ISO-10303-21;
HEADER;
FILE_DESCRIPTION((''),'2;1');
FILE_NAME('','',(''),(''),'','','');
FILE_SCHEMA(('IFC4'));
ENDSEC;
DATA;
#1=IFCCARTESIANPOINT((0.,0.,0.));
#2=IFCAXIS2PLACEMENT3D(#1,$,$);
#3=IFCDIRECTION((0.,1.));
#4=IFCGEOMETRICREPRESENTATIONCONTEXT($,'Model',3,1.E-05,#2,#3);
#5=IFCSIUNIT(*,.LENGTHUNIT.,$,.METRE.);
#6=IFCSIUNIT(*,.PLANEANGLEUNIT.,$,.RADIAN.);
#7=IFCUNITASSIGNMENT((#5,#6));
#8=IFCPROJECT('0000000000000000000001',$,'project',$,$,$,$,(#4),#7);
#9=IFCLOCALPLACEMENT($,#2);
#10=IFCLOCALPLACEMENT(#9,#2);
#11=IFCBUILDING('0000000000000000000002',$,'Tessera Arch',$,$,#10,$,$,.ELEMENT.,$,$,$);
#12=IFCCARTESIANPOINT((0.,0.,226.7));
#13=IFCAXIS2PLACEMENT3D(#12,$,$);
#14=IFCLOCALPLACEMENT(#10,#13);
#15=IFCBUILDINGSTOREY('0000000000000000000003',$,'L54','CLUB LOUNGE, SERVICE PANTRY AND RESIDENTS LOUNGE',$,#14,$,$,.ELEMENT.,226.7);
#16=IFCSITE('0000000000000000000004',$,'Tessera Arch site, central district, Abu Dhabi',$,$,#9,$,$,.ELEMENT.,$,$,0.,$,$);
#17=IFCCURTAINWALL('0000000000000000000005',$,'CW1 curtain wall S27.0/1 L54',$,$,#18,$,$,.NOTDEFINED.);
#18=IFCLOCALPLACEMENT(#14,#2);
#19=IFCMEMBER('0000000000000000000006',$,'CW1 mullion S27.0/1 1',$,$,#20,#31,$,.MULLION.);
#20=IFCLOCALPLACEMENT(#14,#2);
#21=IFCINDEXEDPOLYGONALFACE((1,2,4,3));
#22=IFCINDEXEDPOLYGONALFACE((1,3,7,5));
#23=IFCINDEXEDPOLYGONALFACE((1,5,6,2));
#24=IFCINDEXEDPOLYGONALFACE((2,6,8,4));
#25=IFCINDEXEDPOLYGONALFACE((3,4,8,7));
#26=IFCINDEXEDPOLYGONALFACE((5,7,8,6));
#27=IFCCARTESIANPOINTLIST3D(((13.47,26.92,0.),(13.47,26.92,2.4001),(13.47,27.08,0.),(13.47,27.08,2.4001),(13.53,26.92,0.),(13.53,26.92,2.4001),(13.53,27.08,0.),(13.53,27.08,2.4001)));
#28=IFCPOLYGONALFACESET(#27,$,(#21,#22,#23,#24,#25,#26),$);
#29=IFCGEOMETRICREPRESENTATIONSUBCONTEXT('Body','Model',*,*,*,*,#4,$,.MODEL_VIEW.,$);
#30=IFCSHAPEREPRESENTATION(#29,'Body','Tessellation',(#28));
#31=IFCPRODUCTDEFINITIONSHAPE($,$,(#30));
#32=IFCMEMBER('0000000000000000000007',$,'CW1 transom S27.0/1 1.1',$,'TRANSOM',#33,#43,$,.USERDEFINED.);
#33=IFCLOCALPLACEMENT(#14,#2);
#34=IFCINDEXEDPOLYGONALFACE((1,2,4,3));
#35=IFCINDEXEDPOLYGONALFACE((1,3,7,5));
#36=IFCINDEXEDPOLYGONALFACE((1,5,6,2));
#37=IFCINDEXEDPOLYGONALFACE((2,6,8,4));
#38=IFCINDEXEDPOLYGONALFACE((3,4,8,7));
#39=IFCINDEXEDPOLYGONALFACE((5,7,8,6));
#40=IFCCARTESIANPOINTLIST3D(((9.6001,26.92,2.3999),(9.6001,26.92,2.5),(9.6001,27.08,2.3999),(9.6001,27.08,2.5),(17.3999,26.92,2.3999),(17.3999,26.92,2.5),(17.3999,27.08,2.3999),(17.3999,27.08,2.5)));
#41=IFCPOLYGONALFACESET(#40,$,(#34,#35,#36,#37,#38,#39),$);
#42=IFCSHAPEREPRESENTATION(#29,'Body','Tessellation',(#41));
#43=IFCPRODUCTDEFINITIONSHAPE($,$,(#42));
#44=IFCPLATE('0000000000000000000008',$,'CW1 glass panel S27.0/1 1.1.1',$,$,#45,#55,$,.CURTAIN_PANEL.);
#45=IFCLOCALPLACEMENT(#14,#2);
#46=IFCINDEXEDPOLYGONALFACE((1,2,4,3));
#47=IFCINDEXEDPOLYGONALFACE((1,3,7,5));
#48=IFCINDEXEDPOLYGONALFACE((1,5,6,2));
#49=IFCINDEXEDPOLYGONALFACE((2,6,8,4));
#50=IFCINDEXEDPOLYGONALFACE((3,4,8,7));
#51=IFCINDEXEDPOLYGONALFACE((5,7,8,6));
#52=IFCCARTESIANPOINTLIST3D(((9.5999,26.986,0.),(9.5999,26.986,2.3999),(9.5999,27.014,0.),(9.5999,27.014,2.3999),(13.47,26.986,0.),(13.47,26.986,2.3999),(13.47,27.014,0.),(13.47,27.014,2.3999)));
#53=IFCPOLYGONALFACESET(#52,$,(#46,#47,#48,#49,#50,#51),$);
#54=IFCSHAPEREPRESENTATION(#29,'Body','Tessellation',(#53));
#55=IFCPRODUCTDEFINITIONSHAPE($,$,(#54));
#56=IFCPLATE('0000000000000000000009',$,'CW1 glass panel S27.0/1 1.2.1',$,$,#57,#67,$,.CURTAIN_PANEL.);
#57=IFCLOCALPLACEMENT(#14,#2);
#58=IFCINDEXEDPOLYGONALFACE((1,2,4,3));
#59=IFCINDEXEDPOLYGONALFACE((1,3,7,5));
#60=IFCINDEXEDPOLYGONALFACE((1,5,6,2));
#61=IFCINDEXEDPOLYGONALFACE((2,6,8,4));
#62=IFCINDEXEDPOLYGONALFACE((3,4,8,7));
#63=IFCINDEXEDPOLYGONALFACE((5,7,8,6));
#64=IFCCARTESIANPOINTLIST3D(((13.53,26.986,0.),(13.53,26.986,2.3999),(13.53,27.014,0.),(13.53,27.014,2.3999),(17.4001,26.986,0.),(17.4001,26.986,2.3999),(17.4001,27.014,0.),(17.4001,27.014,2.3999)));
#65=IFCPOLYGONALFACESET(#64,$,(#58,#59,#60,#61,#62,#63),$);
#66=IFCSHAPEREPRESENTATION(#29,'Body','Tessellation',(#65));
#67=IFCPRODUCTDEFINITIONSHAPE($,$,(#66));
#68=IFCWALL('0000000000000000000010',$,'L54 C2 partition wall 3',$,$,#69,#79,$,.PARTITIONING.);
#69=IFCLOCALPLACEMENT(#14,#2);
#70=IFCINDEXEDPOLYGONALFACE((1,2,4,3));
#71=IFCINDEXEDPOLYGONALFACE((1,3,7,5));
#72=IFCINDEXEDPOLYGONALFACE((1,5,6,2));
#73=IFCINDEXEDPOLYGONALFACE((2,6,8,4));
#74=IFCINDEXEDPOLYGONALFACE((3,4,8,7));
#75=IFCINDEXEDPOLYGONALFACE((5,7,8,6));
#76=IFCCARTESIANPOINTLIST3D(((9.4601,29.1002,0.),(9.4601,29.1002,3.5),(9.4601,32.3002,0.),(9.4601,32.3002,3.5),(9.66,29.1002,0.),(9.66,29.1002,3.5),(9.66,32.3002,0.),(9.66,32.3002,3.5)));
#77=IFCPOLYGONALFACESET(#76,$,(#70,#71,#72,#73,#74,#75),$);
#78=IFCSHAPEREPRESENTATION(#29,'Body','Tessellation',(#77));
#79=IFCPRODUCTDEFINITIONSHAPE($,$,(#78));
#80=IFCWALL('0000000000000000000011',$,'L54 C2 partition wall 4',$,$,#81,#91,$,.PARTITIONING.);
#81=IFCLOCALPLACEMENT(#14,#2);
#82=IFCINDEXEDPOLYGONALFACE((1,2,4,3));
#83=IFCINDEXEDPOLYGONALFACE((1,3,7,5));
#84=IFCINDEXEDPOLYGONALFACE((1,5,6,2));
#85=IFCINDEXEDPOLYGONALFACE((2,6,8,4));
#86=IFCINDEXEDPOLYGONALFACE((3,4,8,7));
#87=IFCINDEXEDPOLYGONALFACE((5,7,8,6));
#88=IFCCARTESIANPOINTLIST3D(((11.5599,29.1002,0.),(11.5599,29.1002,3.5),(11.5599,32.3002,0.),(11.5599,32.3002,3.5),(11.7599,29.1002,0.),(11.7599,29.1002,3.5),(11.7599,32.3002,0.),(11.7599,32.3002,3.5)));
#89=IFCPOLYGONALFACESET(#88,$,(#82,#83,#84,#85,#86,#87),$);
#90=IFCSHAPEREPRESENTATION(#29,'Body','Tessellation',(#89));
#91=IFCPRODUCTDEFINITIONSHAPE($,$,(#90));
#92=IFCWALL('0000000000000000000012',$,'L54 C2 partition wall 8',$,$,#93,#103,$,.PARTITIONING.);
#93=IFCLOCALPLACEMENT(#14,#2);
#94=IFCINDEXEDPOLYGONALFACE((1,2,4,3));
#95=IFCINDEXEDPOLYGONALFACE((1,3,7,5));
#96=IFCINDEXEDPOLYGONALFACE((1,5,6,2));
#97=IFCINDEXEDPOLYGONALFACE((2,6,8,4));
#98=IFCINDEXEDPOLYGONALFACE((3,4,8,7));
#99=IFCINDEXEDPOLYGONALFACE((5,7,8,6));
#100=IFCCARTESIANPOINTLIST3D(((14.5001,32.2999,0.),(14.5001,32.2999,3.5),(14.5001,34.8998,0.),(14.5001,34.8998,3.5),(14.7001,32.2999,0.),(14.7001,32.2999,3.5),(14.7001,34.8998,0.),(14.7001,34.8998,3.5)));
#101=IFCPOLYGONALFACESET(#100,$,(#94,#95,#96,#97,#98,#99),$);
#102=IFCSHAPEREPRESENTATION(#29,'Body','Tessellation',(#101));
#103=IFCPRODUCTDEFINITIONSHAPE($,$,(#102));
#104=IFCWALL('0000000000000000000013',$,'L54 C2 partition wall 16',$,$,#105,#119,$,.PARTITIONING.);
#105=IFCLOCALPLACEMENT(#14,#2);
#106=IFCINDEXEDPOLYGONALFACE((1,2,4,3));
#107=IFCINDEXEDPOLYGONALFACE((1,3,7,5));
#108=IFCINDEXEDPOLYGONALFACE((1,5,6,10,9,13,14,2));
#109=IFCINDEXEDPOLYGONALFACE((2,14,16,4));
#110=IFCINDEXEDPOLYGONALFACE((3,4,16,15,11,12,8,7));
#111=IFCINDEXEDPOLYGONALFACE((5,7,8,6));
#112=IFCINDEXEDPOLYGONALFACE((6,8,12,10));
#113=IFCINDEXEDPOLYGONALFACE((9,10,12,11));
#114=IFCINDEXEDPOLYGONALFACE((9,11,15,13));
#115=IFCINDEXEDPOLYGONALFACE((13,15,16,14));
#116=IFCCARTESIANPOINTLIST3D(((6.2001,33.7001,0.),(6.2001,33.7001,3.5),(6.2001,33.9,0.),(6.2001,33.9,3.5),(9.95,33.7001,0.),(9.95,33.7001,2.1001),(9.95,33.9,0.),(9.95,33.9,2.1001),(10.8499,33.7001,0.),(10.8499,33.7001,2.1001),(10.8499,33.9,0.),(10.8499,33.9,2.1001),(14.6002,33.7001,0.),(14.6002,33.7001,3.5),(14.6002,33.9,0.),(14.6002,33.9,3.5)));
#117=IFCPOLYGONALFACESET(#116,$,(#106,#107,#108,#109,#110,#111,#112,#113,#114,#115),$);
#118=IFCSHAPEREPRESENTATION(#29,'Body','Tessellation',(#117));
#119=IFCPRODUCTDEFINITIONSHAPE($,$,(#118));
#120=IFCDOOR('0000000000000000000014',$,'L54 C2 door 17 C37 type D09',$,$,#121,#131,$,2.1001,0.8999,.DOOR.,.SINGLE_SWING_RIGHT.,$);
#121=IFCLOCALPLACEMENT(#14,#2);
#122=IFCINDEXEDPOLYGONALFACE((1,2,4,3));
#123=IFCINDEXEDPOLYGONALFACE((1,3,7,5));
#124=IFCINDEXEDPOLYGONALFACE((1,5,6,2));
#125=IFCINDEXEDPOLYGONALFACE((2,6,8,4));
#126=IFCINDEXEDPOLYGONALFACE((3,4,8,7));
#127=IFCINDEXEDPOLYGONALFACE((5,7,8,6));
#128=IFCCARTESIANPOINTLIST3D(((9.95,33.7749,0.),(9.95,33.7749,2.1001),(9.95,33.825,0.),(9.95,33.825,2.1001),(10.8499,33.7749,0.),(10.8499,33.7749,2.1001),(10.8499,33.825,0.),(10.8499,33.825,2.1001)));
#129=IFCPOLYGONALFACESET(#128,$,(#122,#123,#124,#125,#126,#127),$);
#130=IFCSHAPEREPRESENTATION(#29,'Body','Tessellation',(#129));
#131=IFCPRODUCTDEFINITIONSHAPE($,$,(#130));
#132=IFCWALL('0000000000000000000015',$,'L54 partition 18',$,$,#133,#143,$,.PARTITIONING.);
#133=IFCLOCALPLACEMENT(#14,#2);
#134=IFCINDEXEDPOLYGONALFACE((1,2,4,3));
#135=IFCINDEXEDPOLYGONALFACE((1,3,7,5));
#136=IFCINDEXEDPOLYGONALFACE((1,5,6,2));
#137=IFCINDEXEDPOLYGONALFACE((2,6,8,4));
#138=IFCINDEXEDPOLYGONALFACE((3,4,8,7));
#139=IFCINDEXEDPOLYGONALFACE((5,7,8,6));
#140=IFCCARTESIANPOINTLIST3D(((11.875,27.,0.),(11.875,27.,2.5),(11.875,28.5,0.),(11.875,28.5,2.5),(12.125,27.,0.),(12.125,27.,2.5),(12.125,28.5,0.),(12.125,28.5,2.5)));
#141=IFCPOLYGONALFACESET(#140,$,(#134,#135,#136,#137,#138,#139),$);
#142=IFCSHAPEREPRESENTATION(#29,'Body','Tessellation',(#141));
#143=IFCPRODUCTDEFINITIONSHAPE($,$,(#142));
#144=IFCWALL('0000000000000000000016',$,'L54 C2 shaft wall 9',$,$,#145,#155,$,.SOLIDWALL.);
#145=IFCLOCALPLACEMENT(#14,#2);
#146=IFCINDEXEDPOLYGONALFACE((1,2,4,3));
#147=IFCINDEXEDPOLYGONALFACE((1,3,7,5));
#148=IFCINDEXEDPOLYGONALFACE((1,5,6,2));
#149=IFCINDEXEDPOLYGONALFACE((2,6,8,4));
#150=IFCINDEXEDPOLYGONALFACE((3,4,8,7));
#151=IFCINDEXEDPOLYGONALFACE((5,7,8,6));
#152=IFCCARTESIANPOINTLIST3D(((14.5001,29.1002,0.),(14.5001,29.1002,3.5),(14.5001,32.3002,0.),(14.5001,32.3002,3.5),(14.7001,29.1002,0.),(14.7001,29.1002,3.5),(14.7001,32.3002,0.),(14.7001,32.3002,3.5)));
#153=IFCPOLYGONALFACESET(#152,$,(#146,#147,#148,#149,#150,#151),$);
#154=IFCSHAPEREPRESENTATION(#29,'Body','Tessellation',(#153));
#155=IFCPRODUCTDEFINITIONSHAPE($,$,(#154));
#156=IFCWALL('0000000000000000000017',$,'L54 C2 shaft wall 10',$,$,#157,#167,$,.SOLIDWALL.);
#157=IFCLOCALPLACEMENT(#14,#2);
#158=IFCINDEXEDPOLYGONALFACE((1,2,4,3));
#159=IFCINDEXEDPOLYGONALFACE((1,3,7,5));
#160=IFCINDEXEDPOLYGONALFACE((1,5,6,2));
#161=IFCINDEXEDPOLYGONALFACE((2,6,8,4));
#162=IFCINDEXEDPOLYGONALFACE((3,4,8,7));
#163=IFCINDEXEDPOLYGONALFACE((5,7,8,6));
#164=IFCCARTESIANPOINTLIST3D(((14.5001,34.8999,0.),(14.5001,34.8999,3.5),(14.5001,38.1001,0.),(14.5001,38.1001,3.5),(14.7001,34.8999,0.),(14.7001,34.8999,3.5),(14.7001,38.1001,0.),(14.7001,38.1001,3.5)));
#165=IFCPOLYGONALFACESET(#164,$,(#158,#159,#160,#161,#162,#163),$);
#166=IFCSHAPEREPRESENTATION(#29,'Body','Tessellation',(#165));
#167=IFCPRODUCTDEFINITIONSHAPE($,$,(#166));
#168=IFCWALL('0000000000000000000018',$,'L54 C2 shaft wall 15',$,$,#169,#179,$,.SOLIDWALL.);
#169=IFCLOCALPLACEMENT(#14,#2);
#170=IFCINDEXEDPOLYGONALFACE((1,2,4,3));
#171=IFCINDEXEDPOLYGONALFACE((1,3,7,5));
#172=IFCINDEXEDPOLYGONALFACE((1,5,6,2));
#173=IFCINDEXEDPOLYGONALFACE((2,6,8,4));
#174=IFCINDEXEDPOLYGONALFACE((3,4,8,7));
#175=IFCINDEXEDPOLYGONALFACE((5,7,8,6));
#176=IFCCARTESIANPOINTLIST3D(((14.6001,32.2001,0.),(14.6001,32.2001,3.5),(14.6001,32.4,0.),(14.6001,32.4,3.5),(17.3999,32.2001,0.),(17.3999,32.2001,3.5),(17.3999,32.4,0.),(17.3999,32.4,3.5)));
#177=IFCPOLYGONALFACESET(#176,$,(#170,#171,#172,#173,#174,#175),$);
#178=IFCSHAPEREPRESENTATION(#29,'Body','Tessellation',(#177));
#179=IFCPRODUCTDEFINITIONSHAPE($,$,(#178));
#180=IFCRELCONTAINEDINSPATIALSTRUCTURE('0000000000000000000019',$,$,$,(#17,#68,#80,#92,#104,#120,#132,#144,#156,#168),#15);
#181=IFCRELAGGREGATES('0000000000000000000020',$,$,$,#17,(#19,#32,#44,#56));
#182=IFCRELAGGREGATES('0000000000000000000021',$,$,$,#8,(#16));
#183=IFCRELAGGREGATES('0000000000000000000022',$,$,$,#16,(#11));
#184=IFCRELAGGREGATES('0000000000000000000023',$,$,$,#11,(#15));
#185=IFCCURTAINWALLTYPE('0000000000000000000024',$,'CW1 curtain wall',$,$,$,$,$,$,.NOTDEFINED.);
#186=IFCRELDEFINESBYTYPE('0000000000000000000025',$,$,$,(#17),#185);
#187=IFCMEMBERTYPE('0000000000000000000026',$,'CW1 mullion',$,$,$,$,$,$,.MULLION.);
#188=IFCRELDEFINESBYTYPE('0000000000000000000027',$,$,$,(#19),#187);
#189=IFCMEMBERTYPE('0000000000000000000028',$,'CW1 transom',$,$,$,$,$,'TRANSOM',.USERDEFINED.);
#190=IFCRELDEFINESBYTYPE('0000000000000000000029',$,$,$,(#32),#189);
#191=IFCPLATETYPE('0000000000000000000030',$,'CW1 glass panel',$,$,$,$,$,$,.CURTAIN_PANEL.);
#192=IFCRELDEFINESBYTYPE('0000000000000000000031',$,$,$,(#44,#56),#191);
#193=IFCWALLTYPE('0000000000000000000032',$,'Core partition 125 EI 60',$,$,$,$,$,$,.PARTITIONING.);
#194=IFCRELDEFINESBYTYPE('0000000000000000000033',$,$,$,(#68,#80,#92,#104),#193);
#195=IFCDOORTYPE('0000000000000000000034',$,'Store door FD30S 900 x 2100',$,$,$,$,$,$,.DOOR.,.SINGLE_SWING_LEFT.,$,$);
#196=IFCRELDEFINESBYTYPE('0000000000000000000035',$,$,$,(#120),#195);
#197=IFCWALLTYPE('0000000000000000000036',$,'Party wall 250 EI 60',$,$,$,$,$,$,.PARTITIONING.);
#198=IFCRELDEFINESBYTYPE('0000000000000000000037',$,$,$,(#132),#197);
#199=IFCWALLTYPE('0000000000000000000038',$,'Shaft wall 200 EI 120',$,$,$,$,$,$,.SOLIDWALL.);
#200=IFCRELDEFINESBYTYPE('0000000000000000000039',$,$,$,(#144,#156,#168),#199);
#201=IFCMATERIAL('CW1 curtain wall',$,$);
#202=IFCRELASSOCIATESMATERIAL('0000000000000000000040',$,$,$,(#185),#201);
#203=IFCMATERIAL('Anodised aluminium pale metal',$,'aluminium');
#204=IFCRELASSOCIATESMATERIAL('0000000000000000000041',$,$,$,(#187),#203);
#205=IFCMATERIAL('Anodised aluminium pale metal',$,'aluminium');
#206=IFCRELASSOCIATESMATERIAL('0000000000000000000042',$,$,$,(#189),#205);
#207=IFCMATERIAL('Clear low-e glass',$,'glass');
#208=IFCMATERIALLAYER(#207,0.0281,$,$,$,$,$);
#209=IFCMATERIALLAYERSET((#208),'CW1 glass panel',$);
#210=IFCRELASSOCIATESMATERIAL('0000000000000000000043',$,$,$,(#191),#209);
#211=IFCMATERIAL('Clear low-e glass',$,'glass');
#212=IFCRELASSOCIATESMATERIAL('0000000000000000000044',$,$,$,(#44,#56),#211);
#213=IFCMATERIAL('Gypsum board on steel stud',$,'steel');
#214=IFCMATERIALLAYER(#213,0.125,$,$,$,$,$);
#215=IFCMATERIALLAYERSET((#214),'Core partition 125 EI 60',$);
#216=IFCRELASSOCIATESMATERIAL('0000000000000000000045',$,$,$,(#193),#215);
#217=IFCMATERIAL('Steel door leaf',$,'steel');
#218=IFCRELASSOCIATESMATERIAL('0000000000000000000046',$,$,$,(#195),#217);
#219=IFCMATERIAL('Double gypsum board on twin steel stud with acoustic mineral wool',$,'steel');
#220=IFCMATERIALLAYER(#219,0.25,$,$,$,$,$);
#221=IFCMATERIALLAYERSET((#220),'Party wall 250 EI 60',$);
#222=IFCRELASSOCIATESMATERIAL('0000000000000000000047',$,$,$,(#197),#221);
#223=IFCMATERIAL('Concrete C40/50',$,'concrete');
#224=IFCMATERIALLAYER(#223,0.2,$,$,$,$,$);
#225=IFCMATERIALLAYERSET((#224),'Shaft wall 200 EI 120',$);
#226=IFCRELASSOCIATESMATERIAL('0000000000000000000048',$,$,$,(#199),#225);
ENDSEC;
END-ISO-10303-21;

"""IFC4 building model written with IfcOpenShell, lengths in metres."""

from ifc_helpers import new_model, si_unit, direction, frame, frame_2d, origin, origin_2d, place, context, subcontext, project, spatial, rectangle, extrude, material, layer, layer_set, material_profile, profile_set, type_object, element, fill, aggregate, save


model = new_model("IFC4")

# Units and contexts
model_context = context("Model", 3, precision=1e-05, world=origin(), true_north=direction((0.0, 1.0)))
body_context = subcontext(model_context, "Body", "Model", "MODEL_VIEW")
ifc_project = project(units=[si_unit("LENGTHUNIT", "METRE"), si_unit("PLANEANGLEUNIT", "RADIAN")], contexts=[model_context])

# Site, building, storey
site_placement = place(None, origin())
site = spatial("IfcSite", under=ifc_project, at=site_placement, Name="Tessera Arch site, central district, Abu Dhabi", CompositionType="ELEMENT", RefElevation=0.0)
building_placement = place(site_placement, origin())
building = spatial("IfcBuilding", under=site, at=building_placement, Name="Tessera Arch", CompositionType="ELEMENT")
storey_placement = place(building_placement, frame((0.0, 0.0, 226.7)))
storey = spatial("IfcBuildingStorey", under=building, at=storey_placement, Name="L54", Description="CLUB LOUNGE, SERVICE PANTRY AND RESIDENTS LOUNGE", CompositionType="ELEMENT", Elevation=226.7)

# Curtain wall, members, plates
ifc_material_1 = material(Name="CW1 curtain wall")
curtain_wall_type = type_object("IfcCurtainWallType", Name="CW1 curtain wall", PredefinedType="NOTDEFINED", material=ifc_material_1)
curtain_wall_placement = place(storey_placement, origin())
curtain_wall = element("IfcCurtainWall", 1, at=curtain_wall_placement, inside=storey, type_object=curtain_wall_type, Name="CW1 curtain wall S27.0/1 L54", PredefinedType="NOTDEFINED")
ifc_material_2 = material(Name="Anodised aluminium pale metal", Category="aluminium")
ifc_material_profile_1 = material_profile(ifc_material_2, rectangle(XDim=0.1599, YDim=0.0601, at=origin_2d()), Name="AL 60x160")
ifc_profile_set_1 = profile_set([ifc_material_profile_1], Name="Anodised aluminium pale metal")
member_type_1 = type_object("IfcMemberType", Name="CW1 mullion", PredefinedType="MULLION", material=ifc_profile_set_1)
member_1_placement = place(storey_placement, frame((13.5, 27.0, 0.0), z_axis=(0.0, 0.0, 1.0), x_axis=(0.0, 1.0, 0.0)))
member_1 = element("IfcMember", 2, at=member_1_placement, type_object=member_type_1, Name="CW1 mullion S27.0/1 1", PredefinedType="MULLION", context=body_context, shape_type="SweptSolid", body=[
    extrude(rectangle(XDim=0.1599, YDim=0.0601, at=origin_2d()), origin(), (0.0, 0.0, 1.0), 2.4001),
])
ifc_material_3 = material(Name="Anodised aluminium pale metal", Category="aluminium")
ifc_material_profile_2 = material_profile(ifc_material_3, rectangle(XDim=0.1599, YDim=0.1001, at=origin_2d()), Name="AL 160x100")
ifc_profile_set_2 = profile_set([ifc_material_profile_2], Name="Anodised aluminium pale metal")
member_type_2 = type_object("IfcMemberType", Name="CW1 transom", ElementType="TRANSOM", PredefinedType="USERDEFINED", material=ifc_profile_set_2)
member_2_placement = place(storey_placement, frame((9.6001, 27.0, 2.45), z_axis=(1.0, 0.0, 0.0), x_axis=(0.0, 1.0, 0.0)))
member_2 = element("IfcMember", 3, at=member_2_placement, type_object=member_type_2, Name="CW1 transom S27.0/1 1.1", ObjectType="TRANSOM", PredefinedType="USERDEFINED", context=body_context, shape_type="SweptSolid", body=[
    extrude(rectangle(XDim=0.1599, YDim=0.1001, at=origin_2d()), origin(), (0.0, 0.0, 1.0), 7.7998),
])
ifc_material_4 = material(Name="Clear low-e glass", Category="glass")
ifc_material_5 = material(Name="Clear low-e glass", Category="glass")
ifc_layer_1 = layer(ifc_material_5, 0.0281)
ifc_layer_set_1 = layer_set([ifc_layer_1], Name="CW1 glass panel")
plate_type = type_object("IfcPlateType", Name="CW1 glass panel", PredefinedType="CURTAIN_PANEL", material=ifc_layer_set_1)
plate_1_placement = place(storey_placement, frame((11.5349, 27.0, 0.0), z_axis=(0.0, 0.0, 1.0), x_axis=(1.0, 0.0, 0.0)))
plate_1 = element("IfcPlate", 4, at=plate_1_placement, type_object=plate_type, material=ifc_material_4, Name="CW1 glass panel S27.0/1 1.1.1", PredefinedType="CURTAIN_PANEL", context=body_context, shape_type="SweptSolid", body=[
    extrude(rectangle(XDim=3.8701, YDim=0.0281, at=origin_2d()), origin(), (0.0, 0.0, 1.0), 2.3999),
])
plate_2_placement = place(storey_placement, frame((15.4651, 27.0, 0.0), z_axis=(0.0, 0.0, 1.0), x_axis=(1.0, 0.0, 0.0)))
plate_2 = element("IfcPlate", 5, at=plate_2_placement, type_object=plate_type, material=ifc_material_4, Name="CW1 glass panel S27.0/1 1.2.1", PredefinedType="CURTAIN_PANEL", context=body_context, shape_type="SweptSolid", body=[
    extrude(rectangle(XDim=3.8701, YDim=0.0281, at=origin_2d()), origin(), (0.0, 0.0, 1.0), 2.3999),
])
aggregate(curtain_wall, [member_1, member_2, plate_1, plate_2])

# Walls
ifc_material_6 = material(Name="Gypsum board on steel stud", Category="steel")
ifc_layer_2 = layer(ifc_material_6, 0.125)
ifc_layer_set_2 = layer_set([ifc_layer_2], Name="Core partition 125 EI 60")
wall_type_1 = type_object("IfcWallType", Name="Core partition 125 EI 60", PredefinedType="PARTITIONING", material=ifc_layer_set_2)
for number, where, z_axis, x_axis, name in (
    (6, (9.5601, 29.1001, 0.0), (0.0, 0.0, 1.0), (0.0, 1.0, 0.0), "L54 C2 partition wall 3"),
    (7, (11.6599, 29.1001, 0.0), (0.0, 0.0, 1.0), (0.0, 1.0, 0.0), "L54 C2 partition wall 4"),
):
    element("IfcWall", number, at=place(storey_placement, frame(where, z_axis=z_axis, x_axis=x_axis)), inside=storey, type_object=wall_type_1, Name=name, PredefinedType="PARTITIONING", context=body_context, shape_type="SweptSolid", body=[
        extrude(rectangle(XDim=3.2, YDim=0.2, at=frame_2d((1.6001, 0.0))), origin(), (0.0, 0.0, 1.0), 3.5),
    ])
wall_1_placement = place(storey_placement, frame((14.6001, 32.3, 0.0), z_axis=(0.0, 0.0, 1.0), x_axis=(0.0, 1.0, 0.0)))
element("IfcWall", 8, at=wall_1_placement, inside=storey, type_object=wall_type_1, Name="L54 C2 partition wall 8", PredefinedType="PARTITIONING", context=body_context, shape_type="SweptSolid", body=[
    extrude(rectangle(XDim=2.5999, YDim=0.2, at=frame_2d((1.2998, 0.0))), origin(), (0.0, 0.0, 1.0), 3.5),
])

# Wall, opening, door
wall_2_placement = place(storey_placement, frame((6.2, 33.8, 0.0), z_axis=(0.0, 0.0, 1.0), x_axis=(1.0, 0.0, 0.0)))
wall_2 = element("IfcWall", 9, at=wall_2_placement, inside=storey, type_object=wall_type_1, Name="L54 C2 partition wall 16", PredefinedType="PARTITIONING", context=body_context, shape_type="SweptSolid", body=[
    extrude(rectangle(XDim=8.4001, YDim=0.2, at=frame_2d((4.2002, 0.0))), origin(), (0.0, 0.0, 1.0), 3.5),
])
opening_placement = place(wall_2_placement, frame((3.75, 0.0, 0.0)))
opening = element("IfcOpeningElement", 10, at=opening_placement, cuts=wall_2, PredefinedType="OPENING", context=body_context, shape_type="SweptSolid", body=[
    extrude(rectangle(XDim=0.8999, YDim=2.1001, at=frame_2d((0.45, 1.05))), frame((0.0, 0.1099, 0.0), z_axis=(0.0, -1.0, 0.0), x_axis=(1.0, 0.0, 0.0)), (0.0, 0.0, 1.0), 0.22),
])
ifc_material_7 = material(Name="Steel door leaf", Category="steel")
door_type = type_object("IfcDoorType", Name="Store door FD30S 900 x 2100", OperationType="SINGLE_SWING_LEFT", PredefinedType="DOOR", material=ifc_material_7)
door_placement = place(opening_placement, origin())
door = element("IfcDoor", 11, at=door_placement, inside=storey, type_object=door_type, Name="L54 C2 door 17 C37 type D09", OperationType="SINGLE_SWING_RIGHT", OverallHeight=2.1001, OverallWidth=0.8999, PredefinedType="DOOR", context=body_context, shape_type="SweptSolid", body=[
    extrude(rectangle(XDim=0.8999, YDim=2.1001, at=frame_2d((0.45, 1.05))), frame((0.0, 0.0249, 0.0), z_axis=(0.0, -1.0, 0.0), x_axis=(1.0, 0.0, 0.0)), (0.0, 0.0, 1.0), 0.05),
])
fill(opening, door)

# Walls
ifc_material_8 = material(Name="Double gypsum board on twin steel stud with acoustic mineral wool", Category="steel")
ifc_layer_3 = layer(ifc_material_8, 0.25)
ifc_layer_set_3 = layer_set([ifc_layer_3], Name="Party wall 250 EI 60")
wall_type_2 = type_object("IfcWallType", Name="Party wall 250 EI 60", PredefinedType="PARTITIONING", material=ifc_layer_set_3)
wall_3_placement = place(storey_placement, frame((12.0, 27.0, 0.0), z_axis=(0.0, 0.0, 1.0), x_axis=(0.0, 1.0, 0.0)))
element("IfcWall", 12, at=wall_3_placement, inside=storey, type_object=wall_type_2, Name="L54 partition 18", PredefinedType="PARTITIONING", context=body_context, shape_type="SweptSolid", body=[
    extrude(rectangle(XDim=1.5, YDim=0.25, at=frame_2d((0.75, 0.0))), origin(), (0.0, 0.0, 1.0), 2.5),
])
ifc_material_9 = material(Name="Concrete C40/50", Category="concrete")
ifc_layer_4 = layer(ifc_material_9, 0.2)
ifc_layer_set_4 = layer_set([ifc_layer_4], Name="Shaft wall 200 EI 120")
wall_type_3 = type_object("IfcWallType", Name="Shaft wall 200 EI 120", PredefinedType="SOLIDWALL", material=ifc_layer_set_4)
wall_4_placement = place(storey_placement, frame((14.6001, 29.1001, 0.0), z_axis=(0.0, 0.0, 1.0), x_axis=(0.0, 1.0, 0.0)))
element("IfcWall", 13, at=wall_4_placement, inside=storey, type_object=wall_type_3, Name="L54 C2 shaft wall 9", PredefinedType="SOLIDWALL", context=body_context, shape_type="SweptSolid", body=[
    extrude(rectangle(XDim=3.2, YDim=0.2, at=frame_2d((1.6001, 0.0))), origin(), (0.0, 0.0, 1.0), 3.5),
])
wall_5_placement = place(storey_placement, frame((14.6001, 34.8999, 0.0), z_axis=(0.0, 0.0, 1.0), x_axis=(0.0, 1.0, 0.0)))
element("IfcWall", 14, at=wall_5_placement, inside=storey, type_object=wall_type_3, Name="L54 C2 shaft wall 10", PredefinedType="SOLIDWALL", context=body_context, shape_type="SweptSolid", body=[
    extrude(rectangle(XDim=3.2002, YDim=0.2, at=frame_2d((1.6001, 0.0))), origin(), (0.0, 0.0, 1.0), 3.5),
])
for number, where, z_axis, x_axis, name in (
    (15, (14.6001, 32.3, 0.0), (0.0, 0.0, 1.0), (1.0, 0.0, 0.0), "L54 C2 shaft wall 15"),
):
    element("IfcWall", number, at=place(storey_placement, frame(where, z_axis=z_axis, x_axis=x_axis)), inside=storey, type_object=wall_type_3, Name=name, PredefinedType="SOLIDWALL", context=body_context, shape_type="SweptSolid", body=[
        extrude(rectangle(XDim=2.7998, YDim=0.2, at=frame_2d((1.3999, 0.0))), origin(), (0.0, 0.0, 1.0), 3.5),
    ])

save(model, "model.ifc")
